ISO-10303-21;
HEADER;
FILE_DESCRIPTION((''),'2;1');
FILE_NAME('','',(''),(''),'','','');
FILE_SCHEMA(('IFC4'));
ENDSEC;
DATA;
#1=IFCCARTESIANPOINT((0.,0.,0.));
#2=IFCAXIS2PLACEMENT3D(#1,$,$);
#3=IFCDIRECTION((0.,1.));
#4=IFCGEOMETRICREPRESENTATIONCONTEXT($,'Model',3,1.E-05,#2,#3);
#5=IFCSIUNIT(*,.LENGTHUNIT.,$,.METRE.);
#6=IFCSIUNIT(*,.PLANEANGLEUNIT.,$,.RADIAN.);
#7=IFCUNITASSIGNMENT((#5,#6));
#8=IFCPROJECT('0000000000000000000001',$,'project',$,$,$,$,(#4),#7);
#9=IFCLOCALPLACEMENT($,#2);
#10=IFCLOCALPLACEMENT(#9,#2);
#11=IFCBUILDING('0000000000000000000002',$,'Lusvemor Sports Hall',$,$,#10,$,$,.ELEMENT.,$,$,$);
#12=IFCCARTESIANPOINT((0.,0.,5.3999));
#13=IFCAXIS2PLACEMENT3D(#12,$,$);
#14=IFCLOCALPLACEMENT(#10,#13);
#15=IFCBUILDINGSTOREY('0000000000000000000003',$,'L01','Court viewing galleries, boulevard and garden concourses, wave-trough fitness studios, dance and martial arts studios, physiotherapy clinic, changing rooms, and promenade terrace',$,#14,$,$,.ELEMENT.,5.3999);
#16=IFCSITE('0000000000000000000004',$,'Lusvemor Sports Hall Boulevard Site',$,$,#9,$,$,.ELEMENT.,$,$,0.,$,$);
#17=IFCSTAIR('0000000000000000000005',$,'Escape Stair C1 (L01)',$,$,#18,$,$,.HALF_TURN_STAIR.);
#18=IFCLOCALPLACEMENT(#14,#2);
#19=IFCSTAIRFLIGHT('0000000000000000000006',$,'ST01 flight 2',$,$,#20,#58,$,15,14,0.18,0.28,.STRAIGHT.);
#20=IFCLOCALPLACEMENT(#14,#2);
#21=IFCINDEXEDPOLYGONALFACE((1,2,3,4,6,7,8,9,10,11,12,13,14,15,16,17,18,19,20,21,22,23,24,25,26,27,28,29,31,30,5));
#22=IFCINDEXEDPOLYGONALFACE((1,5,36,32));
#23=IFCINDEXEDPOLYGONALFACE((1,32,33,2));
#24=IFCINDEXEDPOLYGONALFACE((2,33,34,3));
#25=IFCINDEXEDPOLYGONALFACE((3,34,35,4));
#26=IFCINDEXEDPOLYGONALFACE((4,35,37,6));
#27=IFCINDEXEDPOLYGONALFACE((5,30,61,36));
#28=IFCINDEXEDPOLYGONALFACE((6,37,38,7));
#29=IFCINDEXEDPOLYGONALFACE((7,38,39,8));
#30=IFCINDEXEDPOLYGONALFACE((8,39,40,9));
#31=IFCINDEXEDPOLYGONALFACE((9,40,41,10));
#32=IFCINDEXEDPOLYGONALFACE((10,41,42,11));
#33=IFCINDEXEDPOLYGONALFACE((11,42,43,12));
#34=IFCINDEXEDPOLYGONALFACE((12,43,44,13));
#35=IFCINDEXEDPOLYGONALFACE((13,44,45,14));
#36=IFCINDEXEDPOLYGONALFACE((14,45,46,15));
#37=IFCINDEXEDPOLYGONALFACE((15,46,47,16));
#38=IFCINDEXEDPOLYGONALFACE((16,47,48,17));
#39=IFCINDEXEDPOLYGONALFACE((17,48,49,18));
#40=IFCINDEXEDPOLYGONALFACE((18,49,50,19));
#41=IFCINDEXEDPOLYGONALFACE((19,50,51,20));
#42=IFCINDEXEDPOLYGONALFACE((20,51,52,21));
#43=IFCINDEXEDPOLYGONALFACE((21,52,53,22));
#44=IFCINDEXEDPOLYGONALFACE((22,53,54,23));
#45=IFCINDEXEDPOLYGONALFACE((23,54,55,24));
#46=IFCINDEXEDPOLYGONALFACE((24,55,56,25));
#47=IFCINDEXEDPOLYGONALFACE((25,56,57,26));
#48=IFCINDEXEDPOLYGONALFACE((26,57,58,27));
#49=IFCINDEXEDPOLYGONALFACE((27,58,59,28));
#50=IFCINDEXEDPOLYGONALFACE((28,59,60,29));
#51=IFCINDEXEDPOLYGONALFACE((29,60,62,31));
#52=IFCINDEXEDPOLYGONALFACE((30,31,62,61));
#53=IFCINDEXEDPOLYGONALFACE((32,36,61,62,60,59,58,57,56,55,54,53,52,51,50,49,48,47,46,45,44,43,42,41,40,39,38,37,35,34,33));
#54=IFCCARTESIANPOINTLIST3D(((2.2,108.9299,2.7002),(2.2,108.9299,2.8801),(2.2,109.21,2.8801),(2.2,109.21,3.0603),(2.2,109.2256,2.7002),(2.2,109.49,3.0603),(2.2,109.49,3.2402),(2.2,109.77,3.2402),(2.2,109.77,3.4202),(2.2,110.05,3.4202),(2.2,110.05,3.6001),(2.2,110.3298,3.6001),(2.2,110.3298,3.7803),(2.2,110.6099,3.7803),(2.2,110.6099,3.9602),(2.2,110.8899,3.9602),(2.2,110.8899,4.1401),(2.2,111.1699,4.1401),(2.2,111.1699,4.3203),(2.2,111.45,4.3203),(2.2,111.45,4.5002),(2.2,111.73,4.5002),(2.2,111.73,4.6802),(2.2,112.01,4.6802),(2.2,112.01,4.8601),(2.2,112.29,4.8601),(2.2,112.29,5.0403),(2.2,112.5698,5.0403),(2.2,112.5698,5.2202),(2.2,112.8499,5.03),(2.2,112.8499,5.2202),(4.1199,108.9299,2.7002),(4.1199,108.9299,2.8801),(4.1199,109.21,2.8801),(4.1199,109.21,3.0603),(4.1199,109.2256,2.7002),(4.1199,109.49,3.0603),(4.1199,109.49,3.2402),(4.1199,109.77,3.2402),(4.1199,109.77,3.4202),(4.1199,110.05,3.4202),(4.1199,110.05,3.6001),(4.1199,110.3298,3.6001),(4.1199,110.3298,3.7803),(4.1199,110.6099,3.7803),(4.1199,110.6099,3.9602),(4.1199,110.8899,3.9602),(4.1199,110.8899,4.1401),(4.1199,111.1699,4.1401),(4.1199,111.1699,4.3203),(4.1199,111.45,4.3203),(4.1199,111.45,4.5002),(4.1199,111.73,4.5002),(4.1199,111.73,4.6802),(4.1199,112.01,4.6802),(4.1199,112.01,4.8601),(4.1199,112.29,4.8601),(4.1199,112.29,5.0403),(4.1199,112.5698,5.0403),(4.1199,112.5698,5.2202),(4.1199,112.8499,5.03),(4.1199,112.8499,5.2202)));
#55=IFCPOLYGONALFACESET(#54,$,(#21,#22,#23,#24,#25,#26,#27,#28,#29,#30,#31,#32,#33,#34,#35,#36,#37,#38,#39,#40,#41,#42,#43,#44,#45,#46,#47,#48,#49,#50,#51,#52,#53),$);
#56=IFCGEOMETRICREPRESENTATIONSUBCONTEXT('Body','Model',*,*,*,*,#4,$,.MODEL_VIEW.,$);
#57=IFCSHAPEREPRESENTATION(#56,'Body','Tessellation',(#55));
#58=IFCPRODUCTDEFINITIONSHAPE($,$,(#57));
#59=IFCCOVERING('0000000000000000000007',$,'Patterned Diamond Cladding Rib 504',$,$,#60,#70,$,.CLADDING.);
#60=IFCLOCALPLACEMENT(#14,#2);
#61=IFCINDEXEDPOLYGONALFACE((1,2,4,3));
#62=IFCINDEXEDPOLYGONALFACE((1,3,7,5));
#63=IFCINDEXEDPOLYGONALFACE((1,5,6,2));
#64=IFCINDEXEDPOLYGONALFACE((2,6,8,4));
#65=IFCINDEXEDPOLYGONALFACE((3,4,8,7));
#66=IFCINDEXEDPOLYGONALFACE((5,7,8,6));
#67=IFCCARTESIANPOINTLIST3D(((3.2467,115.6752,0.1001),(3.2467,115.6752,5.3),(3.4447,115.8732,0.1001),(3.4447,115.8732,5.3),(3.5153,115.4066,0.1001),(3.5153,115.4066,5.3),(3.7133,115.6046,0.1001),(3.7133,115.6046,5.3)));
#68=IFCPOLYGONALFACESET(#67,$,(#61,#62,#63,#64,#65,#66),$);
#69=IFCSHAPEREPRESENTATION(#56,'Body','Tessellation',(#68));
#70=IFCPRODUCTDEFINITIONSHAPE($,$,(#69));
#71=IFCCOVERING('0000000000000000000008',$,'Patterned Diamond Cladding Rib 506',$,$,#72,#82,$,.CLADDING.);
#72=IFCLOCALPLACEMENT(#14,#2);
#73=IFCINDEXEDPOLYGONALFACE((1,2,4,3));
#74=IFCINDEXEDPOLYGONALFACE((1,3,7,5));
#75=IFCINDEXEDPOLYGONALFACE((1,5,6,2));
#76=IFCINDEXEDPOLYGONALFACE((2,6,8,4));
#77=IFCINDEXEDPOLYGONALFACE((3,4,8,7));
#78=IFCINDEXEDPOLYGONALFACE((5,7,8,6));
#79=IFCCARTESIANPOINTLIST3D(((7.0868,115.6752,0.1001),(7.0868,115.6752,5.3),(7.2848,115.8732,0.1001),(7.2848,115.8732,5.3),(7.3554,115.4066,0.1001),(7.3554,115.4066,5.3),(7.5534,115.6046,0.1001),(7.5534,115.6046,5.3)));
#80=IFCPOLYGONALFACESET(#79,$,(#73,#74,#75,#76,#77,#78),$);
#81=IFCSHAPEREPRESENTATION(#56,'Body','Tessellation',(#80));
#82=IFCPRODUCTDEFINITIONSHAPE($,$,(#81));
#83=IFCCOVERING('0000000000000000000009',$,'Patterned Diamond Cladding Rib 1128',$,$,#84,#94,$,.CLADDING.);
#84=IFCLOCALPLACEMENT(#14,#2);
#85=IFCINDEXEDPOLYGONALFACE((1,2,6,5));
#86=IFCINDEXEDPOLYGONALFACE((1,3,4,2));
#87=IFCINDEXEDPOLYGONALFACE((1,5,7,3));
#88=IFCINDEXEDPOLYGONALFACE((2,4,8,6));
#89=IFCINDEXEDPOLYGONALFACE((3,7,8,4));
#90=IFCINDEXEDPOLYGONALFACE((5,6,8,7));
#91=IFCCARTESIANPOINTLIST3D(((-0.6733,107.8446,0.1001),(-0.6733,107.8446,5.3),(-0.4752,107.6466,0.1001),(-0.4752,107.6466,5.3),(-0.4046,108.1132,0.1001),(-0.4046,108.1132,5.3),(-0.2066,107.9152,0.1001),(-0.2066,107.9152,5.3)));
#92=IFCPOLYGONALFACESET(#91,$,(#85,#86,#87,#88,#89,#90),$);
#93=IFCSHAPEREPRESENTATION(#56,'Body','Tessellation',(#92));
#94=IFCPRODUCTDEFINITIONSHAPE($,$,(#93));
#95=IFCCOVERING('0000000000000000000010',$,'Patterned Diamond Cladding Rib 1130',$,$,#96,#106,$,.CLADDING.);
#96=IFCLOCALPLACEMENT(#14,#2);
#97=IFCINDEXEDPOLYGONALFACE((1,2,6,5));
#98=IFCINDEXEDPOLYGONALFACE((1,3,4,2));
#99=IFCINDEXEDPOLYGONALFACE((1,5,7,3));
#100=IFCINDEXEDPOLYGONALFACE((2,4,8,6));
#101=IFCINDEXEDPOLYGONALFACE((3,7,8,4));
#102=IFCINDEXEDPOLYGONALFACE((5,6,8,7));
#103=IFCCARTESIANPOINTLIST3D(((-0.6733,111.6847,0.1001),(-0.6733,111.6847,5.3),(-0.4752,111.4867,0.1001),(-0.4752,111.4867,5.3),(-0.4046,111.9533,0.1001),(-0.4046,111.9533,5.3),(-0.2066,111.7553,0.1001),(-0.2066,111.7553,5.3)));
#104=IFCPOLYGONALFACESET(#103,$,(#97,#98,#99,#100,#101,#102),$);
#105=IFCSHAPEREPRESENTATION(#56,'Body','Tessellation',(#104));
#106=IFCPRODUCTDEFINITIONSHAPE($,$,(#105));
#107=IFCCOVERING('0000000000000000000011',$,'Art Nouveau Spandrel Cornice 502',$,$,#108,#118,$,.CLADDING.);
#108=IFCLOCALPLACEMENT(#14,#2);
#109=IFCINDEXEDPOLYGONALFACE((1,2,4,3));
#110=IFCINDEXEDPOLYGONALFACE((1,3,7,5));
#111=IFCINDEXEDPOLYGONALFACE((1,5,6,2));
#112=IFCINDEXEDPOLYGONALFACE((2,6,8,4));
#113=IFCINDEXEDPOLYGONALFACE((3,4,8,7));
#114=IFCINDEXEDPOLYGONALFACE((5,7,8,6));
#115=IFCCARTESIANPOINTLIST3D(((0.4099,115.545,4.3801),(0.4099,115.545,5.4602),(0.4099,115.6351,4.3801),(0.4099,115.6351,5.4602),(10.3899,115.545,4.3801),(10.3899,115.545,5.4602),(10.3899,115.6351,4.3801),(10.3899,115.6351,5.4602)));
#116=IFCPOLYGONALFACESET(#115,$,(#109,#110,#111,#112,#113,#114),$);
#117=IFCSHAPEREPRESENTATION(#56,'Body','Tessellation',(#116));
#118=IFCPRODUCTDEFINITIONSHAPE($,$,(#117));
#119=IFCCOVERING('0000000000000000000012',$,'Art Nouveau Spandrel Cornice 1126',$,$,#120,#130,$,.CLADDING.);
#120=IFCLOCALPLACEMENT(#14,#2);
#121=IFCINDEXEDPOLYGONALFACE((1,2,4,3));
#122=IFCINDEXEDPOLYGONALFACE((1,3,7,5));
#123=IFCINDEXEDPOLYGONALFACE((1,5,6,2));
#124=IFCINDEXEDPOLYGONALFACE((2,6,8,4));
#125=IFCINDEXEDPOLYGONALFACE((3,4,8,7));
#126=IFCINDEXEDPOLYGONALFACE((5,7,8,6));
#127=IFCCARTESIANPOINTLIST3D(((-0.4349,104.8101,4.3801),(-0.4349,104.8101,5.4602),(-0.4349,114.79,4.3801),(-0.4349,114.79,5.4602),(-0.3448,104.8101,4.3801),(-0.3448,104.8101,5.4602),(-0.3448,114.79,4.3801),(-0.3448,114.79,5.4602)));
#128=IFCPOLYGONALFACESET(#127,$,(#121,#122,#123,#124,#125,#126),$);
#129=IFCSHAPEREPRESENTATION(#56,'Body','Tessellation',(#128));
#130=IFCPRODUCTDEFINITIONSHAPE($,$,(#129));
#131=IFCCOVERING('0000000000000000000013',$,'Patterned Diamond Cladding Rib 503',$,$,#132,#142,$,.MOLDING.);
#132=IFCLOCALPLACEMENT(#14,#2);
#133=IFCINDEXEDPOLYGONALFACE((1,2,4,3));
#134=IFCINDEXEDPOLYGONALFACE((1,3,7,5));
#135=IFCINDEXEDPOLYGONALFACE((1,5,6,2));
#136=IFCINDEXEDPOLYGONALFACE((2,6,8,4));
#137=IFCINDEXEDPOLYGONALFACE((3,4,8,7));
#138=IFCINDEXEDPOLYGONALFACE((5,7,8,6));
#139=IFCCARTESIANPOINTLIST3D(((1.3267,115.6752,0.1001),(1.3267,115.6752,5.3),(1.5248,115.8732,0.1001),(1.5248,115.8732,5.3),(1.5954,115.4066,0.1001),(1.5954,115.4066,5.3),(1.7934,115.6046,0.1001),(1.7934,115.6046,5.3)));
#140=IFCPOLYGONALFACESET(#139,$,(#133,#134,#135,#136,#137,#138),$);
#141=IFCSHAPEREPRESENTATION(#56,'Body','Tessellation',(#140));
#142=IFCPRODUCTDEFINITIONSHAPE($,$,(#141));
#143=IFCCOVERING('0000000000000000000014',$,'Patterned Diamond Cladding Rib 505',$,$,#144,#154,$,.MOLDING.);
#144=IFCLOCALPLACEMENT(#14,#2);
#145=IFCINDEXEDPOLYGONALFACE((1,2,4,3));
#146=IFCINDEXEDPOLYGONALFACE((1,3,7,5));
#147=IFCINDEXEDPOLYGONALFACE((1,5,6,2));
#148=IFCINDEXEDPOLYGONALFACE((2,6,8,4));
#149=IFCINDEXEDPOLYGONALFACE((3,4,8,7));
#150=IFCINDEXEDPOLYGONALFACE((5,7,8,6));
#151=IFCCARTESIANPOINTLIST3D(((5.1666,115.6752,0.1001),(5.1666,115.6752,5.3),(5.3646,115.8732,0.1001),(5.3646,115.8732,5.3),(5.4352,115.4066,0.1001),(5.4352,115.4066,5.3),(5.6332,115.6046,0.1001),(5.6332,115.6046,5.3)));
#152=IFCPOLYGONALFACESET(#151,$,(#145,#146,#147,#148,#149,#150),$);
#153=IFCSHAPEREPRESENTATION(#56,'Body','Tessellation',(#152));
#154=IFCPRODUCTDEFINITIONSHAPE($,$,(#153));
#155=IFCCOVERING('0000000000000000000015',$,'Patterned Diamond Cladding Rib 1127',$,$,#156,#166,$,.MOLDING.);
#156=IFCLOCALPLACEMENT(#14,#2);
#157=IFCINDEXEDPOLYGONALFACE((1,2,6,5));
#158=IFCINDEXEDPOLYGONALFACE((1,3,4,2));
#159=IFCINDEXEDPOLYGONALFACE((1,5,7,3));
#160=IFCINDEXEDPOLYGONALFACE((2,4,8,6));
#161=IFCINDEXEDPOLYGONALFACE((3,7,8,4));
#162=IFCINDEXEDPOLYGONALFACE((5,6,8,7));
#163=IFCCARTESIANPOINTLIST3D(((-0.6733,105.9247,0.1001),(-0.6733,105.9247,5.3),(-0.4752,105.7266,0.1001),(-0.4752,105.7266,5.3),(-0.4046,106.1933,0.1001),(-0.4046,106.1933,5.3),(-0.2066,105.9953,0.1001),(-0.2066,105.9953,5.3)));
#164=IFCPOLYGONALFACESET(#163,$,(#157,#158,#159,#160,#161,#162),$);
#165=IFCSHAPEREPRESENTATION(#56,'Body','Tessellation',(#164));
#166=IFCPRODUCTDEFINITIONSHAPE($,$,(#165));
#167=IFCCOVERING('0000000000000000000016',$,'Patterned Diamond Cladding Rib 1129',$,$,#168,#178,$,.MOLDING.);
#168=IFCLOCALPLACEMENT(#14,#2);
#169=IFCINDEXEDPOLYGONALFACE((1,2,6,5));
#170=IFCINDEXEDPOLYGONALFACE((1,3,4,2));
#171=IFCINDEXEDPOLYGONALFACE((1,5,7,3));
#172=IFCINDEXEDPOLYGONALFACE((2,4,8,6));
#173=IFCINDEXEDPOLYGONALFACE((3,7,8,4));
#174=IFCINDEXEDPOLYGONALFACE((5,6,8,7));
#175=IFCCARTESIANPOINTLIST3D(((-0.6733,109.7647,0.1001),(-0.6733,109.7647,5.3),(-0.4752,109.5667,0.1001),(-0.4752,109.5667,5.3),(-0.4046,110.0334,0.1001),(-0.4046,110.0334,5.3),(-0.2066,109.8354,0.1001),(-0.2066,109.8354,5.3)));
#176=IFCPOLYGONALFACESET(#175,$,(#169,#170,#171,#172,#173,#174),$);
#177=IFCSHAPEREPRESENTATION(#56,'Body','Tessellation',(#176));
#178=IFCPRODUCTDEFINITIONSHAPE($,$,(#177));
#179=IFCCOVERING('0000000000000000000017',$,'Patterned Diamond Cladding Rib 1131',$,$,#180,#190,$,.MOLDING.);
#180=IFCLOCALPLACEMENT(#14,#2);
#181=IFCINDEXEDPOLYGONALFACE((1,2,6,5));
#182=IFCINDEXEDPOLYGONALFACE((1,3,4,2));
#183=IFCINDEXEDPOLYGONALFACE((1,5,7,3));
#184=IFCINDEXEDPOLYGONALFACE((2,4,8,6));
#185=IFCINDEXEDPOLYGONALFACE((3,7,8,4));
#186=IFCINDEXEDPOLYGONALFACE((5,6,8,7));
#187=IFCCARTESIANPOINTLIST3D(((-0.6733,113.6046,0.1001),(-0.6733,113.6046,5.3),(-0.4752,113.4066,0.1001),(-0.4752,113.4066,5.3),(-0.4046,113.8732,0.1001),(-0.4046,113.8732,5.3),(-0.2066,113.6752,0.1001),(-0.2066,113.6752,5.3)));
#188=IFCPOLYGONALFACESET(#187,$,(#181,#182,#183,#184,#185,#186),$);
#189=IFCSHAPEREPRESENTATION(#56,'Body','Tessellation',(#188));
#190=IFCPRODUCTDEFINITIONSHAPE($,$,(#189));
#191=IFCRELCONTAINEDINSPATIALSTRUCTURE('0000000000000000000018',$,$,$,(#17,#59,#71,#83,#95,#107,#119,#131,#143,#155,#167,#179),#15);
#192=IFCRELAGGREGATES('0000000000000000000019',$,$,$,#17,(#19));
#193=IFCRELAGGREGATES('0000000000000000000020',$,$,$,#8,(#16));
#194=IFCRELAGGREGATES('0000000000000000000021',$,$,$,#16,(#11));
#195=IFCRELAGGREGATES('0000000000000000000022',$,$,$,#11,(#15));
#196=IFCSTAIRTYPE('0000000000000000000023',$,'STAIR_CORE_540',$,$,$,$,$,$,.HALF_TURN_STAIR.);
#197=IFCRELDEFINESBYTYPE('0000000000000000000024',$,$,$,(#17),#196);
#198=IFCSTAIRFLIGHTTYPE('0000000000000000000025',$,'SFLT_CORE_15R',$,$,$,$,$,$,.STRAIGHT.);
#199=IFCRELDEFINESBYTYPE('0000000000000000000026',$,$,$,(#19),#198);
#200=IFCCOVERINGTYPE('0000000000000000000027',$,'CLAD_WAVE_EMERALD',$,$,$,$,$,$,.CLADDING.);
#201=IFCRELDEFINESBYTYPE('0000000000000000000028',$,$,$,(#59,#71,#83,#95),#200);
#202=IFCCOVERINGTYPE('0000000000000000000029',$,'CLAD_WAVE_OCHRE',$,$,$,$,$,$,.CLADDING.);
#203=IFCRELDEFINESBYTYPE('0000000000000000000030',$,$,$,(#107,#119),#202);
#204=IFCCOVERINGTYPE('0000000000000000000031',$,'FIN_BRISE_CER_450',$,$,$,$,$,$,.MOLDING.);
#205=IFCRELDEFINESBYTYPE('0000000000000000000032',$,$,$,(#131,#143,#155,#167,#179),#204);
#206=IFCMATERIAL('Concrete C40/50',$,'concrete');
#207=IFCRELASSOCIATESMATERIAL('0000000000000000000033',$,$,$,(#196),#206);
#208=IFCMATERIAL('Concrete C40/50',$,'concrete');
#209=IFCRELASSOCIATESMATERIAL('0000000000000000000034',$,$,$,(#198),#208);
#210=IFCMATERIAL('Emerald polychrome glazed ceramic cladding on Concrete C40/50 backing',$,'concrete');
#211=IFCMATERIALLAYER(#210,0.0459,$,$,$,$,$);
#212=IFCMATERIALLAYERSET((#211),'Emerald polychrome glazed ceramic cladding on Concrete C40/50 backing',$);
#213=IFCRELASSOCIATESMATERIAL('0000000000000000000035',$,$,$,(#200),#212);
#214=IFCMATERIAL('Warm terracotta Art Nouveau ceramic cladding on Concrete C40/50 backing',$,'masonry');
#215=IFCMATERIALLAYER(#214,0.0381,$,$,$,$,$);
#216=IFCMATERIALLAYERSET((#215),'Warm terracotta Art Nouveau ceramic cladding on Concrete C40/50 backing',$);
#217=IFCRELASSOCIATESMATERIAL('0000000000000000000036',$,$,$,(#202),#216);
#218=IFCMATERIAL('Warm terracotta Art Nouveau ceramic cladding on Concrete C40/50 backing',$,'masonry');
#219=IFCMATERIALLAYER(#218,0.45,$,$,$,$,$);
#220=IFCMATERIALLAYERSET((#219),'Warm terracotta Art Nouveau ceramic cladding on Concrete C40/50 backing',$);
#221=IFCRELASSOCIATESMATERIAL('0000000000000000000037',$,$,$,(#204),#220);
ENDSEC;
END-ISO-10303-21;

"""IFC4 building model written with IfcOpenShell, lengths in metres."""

from ifc_helpers import new_model, si_unit, direction, frame, origin, origin_2d, place, context, subcontext, project, spatial, polyline, rectangle, outline, extrude, material, layer, layer_set, type_object, element, aggregate, save


model = new_model("IFC4")

# Units and contexts
model_context = context("Model", 3, precision=1e-05, world=origin(), true_north=direction((0.0, 1.0)))
body_context = subcontext(model_context, "Body", "Model", "MODEL_VIEW")
ifc_project = project(units=[si_unit("LENGTHUNIT", "METRE"), si_unit("PLANEANGLEUNIT", "RADIAN")], contexts=[model_context])

# Site, building, storey
site_placement = place(None, origin())
site = spatial("IfcSite", under=ifc_project, at=site_placement, Name="Lusvemor Sports Hall Boulevard Site", CompositionType="ELEMENT", RefElevation=0.0)
building_placement = place(site_placement, origin())
building = spatial("IfcBuilding", under=site, at=building_placement, Name="Lusvemor Sports Hall", CompositionType="ELEMENT")
storey_placement = place(building_placement, frame((0.0, 0.0, 5.3999)))
storey = spatial("IfcBuildingStorey", under=building, at=storey_placement, Name="L01", Description="Court viewing galleries, boulevard and garden concourses, wave-trough fitness studios, dance and martial arts studios, physiotherapy clinic, changing rooms, and promenade terrace", CompositionType="ELEMENT", Elevation=5.3999)

# Stair, stair flight
ifc_material_1 = material(Name="Concrete C40/50", Category="concrete")
stair_type = type_object("IfcStairType", Name="STAIR_CORE_540", PredefinedType="HALF_TURN_STAIR", material=ifc_material_1)
stair_placement = place(storey_placement, origin())
stair = element("IfcStair", 1, at=stair_placement, inside=storey, type_object=stair_type, Name="Escape Stair C1 (L01)", PredefinedType="HALF_TURN_STAIR")
ifc_material_2 = material(Name="Concrete C40/50", Category="concrete")
stair_flight_type = type_object("IfcStairFlightType", Name="SFLT_CORE_15R", PredefinedType="STRAIGHT", material=ifc_material_2)
stair_flight_1_placement = place(storey_placement, frame((3.1599, 108.9299, 2.7002), z_axis=(0.0, 0.0, 1.0), x_axis=(0.0, 1.0, 0.0)))
stair_flight_1 = element("IfcStairFlight", 2, at=stair_flight_1_placement, type_object=stair_flight_type, Name="ST01 flight 2", NumberOfRisers=15, NumberOfTreads=14, PredefinedType="STRAIGHT", RiserHeight=0.18, TreadLength=0.28, context=body_context, shape_type="SweptSolid", body=[
    extrude(outline(polyline([(0.0, 0.0), (0.0, 0.1799), (0.28, 0.1799), (0.28, 0.3601), (0.5601, 0.3601), (0.5601, 0.54), (0.8401, 0.54), (0.8401, 0.72), (1.1201, 0.72), (1.1201, 0.8999), (1.3999, 0.8999), (1.3999, 1.0801), (1.6799, 1.0801), (1.6799, 1.26), (1.96, 1.26), (1.96, 1.4399), (2.24, 1.4399), (2.24, 1.6201), (2.52, 1.6201), (2.52, 1.8), (2.8, 1.8), (2.8, 1.98), (3.0801, 1.98), (3.0801, 2.1599), (3.3601, 2.1599), (3.3601, 2.3401), (3.6399, 2.3401), (3.6399, 2.52), (3.9199, 2.52), (3.9199, 2.7), (3.9199, 2.3298), (0.2957, 0.0), (0.0, 0.0)])), frame((0.0, 0.96, 0.0), z_axis=(0.0, -1.0, 0.0), x_axis=(1.0, 0.0, 0.0)), (0.0, 0.0, 1.0), 1.9199),
])
aggregate(stair, [stair_flight_1])

# Coverings
ifc_material_3 = material(Name="Emerald polychrome glazed ceramic cladding on Concrete C40/50 backing", Category="concrete")
ifc_layer_1 = layer(ifc_material_3, 0.0459)
ifc_layer_set_1 = layer_set([ifc_layer_1], Name="Emerald polychrome glazed ceramic cladding on Concrete C40/50 backing")
covering_type_1 = type_object("IfcCoveringType", Name="CLAD_WAVE_EMERALD", PredefinedType="CLADDING", material=ifc_layer_set_1)
for number, where, z_axis, x_axis, name in (
    (3, (3.48, 115.6399, 0.1001), (0.0, 0.0, 1.0), (0.707107, 0.707107, 0.0), "Patterned Diamond Cladding Rib 504"),
    (4, (7.3201, 115.6399, 0.1001), (0.0, 0.0, 1.0), (0.707107, 0.707107, 0.0), "Patterned Diamond Cladding Rib 506"),
):
    element("IfcCovering", number, at=place(storey_placement, frame(where, z_axis=z_axis, x_axis=x_axis)), inside=storey, type_object=covering_type_1, Name=name, PredefinedType="CLADDING", context=body_context, shape_type="SweptSolid", body=[
        extrude(rectangle(XDim=0.28, YDim=0.3799, at=origin_2d()), origin(), (0.0, 0.0, 1.0), 5.2),
    ])
for number, where, z_axis, x_axis, name in (
    (5, (-0.4399, 107.8799, 0.1001), (0.0, 0.0, 1.0), (0.707107, 0.707107, 0.0), "Patterned Diamond Cladding Rib 1128"),
    (6, (-0.4399, 111.72, 0.1001), (0.0, 0.0, 1.0), (0.707107, 0.707107, 0.0), "Patterned Diamond Cladding Rib 1130"),
):
    element("IfcCovering", number, at=place(storey_placement, frame(where, z_axis=z_axis, x_axis=x_axis)), inside=storey, type_object=covering_type_1, Name=name, PredefinedType="CLADDING", context=body_context, shape_type="SweptSolid", body=[
        extrude(rectangle(XDim=0.3799, YDim=0.28, at=origin_2d()), origin(), (0.0, 0.0, 1.0), 5.2),
    ])
ifc_material_4 = material(Name="Warm terracotta Art Nouveau ceramic cladding on Concrete C40/50 backing", Category="masonry")
ifc_layer_2 = layer(ifc_material_4, 0.0381)
ifc_layer_set_2 = layer_set([ifc_layer_2], Name="Warm terracotta Art Nouveau ceramic cladding on Concrete C40/50 backing")
covering_type_2 = type_object("IfcCoveringType", Name="CLAD_WAVE_OCHRE", PredefinedType="CLADDING", material=ifc_layer_set_2)
covering_1_placement = place(storey_placement, frame((5.3999, 115.5901, 4.3801), z_axis=(0.0, 0.0, 1.0), x_axis=(1.0, 0.0, 0.0)))
element("IfcCovering", 7, at=covering_1_placement, inside=storey, type_object=covering_type_2, Name="Art Nouveau Spandrel Cornice 502", PredefinedType="CLADDING", context=body_context, shape_type="SweptSolid", body=[
    extrude(rectangle(XDim=9.98, YDim=0.0901, at=origin_2d()), origin(), (0.0, 0.0, 1.0), 1.0801),
])
covering_2_placement = place(storey_placement, frame((-0.3899, 109.8, 4.3801), z_axis=(0.0, 0.0, 1.0), x_axis=(1.0, 0.0, 0.0)))
element("IfcCovering", 8, at=covering_2_placement, inside=storey, type_object=covering_type_2, Name="Art Nouveau Spandrel Cornice 1126", PredefinedType="CLADDING", context=body_context, shape_type="SweptSolid", body=[
    extrude(rectangle(XDim=0.0901, YDim=9.98, at=origin_2d()), origin(), (0.0, 0.0, 1.0), 1.0801),
])
ifc_material_5 = material(Name="Warm terracotta Art Nouveau ceramic cladding on Concrete C40/50 backing", Category="masonry")
ifc_layer_3 = layer(ifc_material_5, 0.45)
ifc_layer_set_3 = layer_set([ifc_layer_3], Name="Warm terracotta Art Nouveau ceramic cladding on Concrete C40/50 backing")
covering_type_3 = type_object("IfcCoveringType", Name="FIN_BRISE_CER_450", PredefinedType="MOLDING", material=ifc_layer_set_3)
for number, where, z_axis, x_axis, name in (
    (9, (1.5601, 115.6399, 0.1001), (0.0, 0.0, 1.0), (0.707107, 0.707107, 0.0), "Patterned Diamond Cladding Rib 503"),
    (10, (5.3999, 115.6399, 0.1001), (0.0, 0.0, 1.0), (0.707107, 0.707107, 0.0), "Patterned Diamond Cladding Rib 505"),
):
    element("IfcCovering", number, at=place(storey_placement, frame(where, z_axis=z_axis, x_axis=x_axis)), inside=storey, type_object=covering_type_3, Name=name, PredefinedType="MOLDING", context=body_context, shape_type="SweptSolid", body=[
        extrude(rectangle(XDim=0.28, YDim=0.3799, at=origin_2d()), origin(), (0.0, 0.0, 1.0), 5.2),
    ])
for number, where, z_axis, x_axis, name in (
    (11, (-0.4399, 105.96, 0.1001), (0.0, 0.0, 1.0), (0.707107, 0.707107, 0.0), "Patterned Diamond Cladding Rib 1127"),
    (12, (-0.4399, 109.8, 0.1001), (0.0, 0.0, 1.0), (0.707107, 0.707107, 0.0), "Patterned Diamond Cladding Rib 1129"),
    (13, (-0.4399, 113.6399, 0.1001), (0.0, 0.0, 1.0), (0.707107, 0.707107, 0.0), "Patterned Diamond Cladding Rib 1131"),
):
    element("IfcCovering", number, at=place(storey_placement, frame(where, z_axis=z_axis, x_axis=x_axis)), inside=storey, type_object=covering_type_3, Name=name, PredefinedType="MOLDING", context=body_context, shape_type="SweptSolid", body=[
        extrude(rectangle(XDim=0.3799, YDim=0.28, at=origin_2d()), origin(), (0.0, 0.0, 1.0), 5.2),
    ])

save(model, "model.ifc")
